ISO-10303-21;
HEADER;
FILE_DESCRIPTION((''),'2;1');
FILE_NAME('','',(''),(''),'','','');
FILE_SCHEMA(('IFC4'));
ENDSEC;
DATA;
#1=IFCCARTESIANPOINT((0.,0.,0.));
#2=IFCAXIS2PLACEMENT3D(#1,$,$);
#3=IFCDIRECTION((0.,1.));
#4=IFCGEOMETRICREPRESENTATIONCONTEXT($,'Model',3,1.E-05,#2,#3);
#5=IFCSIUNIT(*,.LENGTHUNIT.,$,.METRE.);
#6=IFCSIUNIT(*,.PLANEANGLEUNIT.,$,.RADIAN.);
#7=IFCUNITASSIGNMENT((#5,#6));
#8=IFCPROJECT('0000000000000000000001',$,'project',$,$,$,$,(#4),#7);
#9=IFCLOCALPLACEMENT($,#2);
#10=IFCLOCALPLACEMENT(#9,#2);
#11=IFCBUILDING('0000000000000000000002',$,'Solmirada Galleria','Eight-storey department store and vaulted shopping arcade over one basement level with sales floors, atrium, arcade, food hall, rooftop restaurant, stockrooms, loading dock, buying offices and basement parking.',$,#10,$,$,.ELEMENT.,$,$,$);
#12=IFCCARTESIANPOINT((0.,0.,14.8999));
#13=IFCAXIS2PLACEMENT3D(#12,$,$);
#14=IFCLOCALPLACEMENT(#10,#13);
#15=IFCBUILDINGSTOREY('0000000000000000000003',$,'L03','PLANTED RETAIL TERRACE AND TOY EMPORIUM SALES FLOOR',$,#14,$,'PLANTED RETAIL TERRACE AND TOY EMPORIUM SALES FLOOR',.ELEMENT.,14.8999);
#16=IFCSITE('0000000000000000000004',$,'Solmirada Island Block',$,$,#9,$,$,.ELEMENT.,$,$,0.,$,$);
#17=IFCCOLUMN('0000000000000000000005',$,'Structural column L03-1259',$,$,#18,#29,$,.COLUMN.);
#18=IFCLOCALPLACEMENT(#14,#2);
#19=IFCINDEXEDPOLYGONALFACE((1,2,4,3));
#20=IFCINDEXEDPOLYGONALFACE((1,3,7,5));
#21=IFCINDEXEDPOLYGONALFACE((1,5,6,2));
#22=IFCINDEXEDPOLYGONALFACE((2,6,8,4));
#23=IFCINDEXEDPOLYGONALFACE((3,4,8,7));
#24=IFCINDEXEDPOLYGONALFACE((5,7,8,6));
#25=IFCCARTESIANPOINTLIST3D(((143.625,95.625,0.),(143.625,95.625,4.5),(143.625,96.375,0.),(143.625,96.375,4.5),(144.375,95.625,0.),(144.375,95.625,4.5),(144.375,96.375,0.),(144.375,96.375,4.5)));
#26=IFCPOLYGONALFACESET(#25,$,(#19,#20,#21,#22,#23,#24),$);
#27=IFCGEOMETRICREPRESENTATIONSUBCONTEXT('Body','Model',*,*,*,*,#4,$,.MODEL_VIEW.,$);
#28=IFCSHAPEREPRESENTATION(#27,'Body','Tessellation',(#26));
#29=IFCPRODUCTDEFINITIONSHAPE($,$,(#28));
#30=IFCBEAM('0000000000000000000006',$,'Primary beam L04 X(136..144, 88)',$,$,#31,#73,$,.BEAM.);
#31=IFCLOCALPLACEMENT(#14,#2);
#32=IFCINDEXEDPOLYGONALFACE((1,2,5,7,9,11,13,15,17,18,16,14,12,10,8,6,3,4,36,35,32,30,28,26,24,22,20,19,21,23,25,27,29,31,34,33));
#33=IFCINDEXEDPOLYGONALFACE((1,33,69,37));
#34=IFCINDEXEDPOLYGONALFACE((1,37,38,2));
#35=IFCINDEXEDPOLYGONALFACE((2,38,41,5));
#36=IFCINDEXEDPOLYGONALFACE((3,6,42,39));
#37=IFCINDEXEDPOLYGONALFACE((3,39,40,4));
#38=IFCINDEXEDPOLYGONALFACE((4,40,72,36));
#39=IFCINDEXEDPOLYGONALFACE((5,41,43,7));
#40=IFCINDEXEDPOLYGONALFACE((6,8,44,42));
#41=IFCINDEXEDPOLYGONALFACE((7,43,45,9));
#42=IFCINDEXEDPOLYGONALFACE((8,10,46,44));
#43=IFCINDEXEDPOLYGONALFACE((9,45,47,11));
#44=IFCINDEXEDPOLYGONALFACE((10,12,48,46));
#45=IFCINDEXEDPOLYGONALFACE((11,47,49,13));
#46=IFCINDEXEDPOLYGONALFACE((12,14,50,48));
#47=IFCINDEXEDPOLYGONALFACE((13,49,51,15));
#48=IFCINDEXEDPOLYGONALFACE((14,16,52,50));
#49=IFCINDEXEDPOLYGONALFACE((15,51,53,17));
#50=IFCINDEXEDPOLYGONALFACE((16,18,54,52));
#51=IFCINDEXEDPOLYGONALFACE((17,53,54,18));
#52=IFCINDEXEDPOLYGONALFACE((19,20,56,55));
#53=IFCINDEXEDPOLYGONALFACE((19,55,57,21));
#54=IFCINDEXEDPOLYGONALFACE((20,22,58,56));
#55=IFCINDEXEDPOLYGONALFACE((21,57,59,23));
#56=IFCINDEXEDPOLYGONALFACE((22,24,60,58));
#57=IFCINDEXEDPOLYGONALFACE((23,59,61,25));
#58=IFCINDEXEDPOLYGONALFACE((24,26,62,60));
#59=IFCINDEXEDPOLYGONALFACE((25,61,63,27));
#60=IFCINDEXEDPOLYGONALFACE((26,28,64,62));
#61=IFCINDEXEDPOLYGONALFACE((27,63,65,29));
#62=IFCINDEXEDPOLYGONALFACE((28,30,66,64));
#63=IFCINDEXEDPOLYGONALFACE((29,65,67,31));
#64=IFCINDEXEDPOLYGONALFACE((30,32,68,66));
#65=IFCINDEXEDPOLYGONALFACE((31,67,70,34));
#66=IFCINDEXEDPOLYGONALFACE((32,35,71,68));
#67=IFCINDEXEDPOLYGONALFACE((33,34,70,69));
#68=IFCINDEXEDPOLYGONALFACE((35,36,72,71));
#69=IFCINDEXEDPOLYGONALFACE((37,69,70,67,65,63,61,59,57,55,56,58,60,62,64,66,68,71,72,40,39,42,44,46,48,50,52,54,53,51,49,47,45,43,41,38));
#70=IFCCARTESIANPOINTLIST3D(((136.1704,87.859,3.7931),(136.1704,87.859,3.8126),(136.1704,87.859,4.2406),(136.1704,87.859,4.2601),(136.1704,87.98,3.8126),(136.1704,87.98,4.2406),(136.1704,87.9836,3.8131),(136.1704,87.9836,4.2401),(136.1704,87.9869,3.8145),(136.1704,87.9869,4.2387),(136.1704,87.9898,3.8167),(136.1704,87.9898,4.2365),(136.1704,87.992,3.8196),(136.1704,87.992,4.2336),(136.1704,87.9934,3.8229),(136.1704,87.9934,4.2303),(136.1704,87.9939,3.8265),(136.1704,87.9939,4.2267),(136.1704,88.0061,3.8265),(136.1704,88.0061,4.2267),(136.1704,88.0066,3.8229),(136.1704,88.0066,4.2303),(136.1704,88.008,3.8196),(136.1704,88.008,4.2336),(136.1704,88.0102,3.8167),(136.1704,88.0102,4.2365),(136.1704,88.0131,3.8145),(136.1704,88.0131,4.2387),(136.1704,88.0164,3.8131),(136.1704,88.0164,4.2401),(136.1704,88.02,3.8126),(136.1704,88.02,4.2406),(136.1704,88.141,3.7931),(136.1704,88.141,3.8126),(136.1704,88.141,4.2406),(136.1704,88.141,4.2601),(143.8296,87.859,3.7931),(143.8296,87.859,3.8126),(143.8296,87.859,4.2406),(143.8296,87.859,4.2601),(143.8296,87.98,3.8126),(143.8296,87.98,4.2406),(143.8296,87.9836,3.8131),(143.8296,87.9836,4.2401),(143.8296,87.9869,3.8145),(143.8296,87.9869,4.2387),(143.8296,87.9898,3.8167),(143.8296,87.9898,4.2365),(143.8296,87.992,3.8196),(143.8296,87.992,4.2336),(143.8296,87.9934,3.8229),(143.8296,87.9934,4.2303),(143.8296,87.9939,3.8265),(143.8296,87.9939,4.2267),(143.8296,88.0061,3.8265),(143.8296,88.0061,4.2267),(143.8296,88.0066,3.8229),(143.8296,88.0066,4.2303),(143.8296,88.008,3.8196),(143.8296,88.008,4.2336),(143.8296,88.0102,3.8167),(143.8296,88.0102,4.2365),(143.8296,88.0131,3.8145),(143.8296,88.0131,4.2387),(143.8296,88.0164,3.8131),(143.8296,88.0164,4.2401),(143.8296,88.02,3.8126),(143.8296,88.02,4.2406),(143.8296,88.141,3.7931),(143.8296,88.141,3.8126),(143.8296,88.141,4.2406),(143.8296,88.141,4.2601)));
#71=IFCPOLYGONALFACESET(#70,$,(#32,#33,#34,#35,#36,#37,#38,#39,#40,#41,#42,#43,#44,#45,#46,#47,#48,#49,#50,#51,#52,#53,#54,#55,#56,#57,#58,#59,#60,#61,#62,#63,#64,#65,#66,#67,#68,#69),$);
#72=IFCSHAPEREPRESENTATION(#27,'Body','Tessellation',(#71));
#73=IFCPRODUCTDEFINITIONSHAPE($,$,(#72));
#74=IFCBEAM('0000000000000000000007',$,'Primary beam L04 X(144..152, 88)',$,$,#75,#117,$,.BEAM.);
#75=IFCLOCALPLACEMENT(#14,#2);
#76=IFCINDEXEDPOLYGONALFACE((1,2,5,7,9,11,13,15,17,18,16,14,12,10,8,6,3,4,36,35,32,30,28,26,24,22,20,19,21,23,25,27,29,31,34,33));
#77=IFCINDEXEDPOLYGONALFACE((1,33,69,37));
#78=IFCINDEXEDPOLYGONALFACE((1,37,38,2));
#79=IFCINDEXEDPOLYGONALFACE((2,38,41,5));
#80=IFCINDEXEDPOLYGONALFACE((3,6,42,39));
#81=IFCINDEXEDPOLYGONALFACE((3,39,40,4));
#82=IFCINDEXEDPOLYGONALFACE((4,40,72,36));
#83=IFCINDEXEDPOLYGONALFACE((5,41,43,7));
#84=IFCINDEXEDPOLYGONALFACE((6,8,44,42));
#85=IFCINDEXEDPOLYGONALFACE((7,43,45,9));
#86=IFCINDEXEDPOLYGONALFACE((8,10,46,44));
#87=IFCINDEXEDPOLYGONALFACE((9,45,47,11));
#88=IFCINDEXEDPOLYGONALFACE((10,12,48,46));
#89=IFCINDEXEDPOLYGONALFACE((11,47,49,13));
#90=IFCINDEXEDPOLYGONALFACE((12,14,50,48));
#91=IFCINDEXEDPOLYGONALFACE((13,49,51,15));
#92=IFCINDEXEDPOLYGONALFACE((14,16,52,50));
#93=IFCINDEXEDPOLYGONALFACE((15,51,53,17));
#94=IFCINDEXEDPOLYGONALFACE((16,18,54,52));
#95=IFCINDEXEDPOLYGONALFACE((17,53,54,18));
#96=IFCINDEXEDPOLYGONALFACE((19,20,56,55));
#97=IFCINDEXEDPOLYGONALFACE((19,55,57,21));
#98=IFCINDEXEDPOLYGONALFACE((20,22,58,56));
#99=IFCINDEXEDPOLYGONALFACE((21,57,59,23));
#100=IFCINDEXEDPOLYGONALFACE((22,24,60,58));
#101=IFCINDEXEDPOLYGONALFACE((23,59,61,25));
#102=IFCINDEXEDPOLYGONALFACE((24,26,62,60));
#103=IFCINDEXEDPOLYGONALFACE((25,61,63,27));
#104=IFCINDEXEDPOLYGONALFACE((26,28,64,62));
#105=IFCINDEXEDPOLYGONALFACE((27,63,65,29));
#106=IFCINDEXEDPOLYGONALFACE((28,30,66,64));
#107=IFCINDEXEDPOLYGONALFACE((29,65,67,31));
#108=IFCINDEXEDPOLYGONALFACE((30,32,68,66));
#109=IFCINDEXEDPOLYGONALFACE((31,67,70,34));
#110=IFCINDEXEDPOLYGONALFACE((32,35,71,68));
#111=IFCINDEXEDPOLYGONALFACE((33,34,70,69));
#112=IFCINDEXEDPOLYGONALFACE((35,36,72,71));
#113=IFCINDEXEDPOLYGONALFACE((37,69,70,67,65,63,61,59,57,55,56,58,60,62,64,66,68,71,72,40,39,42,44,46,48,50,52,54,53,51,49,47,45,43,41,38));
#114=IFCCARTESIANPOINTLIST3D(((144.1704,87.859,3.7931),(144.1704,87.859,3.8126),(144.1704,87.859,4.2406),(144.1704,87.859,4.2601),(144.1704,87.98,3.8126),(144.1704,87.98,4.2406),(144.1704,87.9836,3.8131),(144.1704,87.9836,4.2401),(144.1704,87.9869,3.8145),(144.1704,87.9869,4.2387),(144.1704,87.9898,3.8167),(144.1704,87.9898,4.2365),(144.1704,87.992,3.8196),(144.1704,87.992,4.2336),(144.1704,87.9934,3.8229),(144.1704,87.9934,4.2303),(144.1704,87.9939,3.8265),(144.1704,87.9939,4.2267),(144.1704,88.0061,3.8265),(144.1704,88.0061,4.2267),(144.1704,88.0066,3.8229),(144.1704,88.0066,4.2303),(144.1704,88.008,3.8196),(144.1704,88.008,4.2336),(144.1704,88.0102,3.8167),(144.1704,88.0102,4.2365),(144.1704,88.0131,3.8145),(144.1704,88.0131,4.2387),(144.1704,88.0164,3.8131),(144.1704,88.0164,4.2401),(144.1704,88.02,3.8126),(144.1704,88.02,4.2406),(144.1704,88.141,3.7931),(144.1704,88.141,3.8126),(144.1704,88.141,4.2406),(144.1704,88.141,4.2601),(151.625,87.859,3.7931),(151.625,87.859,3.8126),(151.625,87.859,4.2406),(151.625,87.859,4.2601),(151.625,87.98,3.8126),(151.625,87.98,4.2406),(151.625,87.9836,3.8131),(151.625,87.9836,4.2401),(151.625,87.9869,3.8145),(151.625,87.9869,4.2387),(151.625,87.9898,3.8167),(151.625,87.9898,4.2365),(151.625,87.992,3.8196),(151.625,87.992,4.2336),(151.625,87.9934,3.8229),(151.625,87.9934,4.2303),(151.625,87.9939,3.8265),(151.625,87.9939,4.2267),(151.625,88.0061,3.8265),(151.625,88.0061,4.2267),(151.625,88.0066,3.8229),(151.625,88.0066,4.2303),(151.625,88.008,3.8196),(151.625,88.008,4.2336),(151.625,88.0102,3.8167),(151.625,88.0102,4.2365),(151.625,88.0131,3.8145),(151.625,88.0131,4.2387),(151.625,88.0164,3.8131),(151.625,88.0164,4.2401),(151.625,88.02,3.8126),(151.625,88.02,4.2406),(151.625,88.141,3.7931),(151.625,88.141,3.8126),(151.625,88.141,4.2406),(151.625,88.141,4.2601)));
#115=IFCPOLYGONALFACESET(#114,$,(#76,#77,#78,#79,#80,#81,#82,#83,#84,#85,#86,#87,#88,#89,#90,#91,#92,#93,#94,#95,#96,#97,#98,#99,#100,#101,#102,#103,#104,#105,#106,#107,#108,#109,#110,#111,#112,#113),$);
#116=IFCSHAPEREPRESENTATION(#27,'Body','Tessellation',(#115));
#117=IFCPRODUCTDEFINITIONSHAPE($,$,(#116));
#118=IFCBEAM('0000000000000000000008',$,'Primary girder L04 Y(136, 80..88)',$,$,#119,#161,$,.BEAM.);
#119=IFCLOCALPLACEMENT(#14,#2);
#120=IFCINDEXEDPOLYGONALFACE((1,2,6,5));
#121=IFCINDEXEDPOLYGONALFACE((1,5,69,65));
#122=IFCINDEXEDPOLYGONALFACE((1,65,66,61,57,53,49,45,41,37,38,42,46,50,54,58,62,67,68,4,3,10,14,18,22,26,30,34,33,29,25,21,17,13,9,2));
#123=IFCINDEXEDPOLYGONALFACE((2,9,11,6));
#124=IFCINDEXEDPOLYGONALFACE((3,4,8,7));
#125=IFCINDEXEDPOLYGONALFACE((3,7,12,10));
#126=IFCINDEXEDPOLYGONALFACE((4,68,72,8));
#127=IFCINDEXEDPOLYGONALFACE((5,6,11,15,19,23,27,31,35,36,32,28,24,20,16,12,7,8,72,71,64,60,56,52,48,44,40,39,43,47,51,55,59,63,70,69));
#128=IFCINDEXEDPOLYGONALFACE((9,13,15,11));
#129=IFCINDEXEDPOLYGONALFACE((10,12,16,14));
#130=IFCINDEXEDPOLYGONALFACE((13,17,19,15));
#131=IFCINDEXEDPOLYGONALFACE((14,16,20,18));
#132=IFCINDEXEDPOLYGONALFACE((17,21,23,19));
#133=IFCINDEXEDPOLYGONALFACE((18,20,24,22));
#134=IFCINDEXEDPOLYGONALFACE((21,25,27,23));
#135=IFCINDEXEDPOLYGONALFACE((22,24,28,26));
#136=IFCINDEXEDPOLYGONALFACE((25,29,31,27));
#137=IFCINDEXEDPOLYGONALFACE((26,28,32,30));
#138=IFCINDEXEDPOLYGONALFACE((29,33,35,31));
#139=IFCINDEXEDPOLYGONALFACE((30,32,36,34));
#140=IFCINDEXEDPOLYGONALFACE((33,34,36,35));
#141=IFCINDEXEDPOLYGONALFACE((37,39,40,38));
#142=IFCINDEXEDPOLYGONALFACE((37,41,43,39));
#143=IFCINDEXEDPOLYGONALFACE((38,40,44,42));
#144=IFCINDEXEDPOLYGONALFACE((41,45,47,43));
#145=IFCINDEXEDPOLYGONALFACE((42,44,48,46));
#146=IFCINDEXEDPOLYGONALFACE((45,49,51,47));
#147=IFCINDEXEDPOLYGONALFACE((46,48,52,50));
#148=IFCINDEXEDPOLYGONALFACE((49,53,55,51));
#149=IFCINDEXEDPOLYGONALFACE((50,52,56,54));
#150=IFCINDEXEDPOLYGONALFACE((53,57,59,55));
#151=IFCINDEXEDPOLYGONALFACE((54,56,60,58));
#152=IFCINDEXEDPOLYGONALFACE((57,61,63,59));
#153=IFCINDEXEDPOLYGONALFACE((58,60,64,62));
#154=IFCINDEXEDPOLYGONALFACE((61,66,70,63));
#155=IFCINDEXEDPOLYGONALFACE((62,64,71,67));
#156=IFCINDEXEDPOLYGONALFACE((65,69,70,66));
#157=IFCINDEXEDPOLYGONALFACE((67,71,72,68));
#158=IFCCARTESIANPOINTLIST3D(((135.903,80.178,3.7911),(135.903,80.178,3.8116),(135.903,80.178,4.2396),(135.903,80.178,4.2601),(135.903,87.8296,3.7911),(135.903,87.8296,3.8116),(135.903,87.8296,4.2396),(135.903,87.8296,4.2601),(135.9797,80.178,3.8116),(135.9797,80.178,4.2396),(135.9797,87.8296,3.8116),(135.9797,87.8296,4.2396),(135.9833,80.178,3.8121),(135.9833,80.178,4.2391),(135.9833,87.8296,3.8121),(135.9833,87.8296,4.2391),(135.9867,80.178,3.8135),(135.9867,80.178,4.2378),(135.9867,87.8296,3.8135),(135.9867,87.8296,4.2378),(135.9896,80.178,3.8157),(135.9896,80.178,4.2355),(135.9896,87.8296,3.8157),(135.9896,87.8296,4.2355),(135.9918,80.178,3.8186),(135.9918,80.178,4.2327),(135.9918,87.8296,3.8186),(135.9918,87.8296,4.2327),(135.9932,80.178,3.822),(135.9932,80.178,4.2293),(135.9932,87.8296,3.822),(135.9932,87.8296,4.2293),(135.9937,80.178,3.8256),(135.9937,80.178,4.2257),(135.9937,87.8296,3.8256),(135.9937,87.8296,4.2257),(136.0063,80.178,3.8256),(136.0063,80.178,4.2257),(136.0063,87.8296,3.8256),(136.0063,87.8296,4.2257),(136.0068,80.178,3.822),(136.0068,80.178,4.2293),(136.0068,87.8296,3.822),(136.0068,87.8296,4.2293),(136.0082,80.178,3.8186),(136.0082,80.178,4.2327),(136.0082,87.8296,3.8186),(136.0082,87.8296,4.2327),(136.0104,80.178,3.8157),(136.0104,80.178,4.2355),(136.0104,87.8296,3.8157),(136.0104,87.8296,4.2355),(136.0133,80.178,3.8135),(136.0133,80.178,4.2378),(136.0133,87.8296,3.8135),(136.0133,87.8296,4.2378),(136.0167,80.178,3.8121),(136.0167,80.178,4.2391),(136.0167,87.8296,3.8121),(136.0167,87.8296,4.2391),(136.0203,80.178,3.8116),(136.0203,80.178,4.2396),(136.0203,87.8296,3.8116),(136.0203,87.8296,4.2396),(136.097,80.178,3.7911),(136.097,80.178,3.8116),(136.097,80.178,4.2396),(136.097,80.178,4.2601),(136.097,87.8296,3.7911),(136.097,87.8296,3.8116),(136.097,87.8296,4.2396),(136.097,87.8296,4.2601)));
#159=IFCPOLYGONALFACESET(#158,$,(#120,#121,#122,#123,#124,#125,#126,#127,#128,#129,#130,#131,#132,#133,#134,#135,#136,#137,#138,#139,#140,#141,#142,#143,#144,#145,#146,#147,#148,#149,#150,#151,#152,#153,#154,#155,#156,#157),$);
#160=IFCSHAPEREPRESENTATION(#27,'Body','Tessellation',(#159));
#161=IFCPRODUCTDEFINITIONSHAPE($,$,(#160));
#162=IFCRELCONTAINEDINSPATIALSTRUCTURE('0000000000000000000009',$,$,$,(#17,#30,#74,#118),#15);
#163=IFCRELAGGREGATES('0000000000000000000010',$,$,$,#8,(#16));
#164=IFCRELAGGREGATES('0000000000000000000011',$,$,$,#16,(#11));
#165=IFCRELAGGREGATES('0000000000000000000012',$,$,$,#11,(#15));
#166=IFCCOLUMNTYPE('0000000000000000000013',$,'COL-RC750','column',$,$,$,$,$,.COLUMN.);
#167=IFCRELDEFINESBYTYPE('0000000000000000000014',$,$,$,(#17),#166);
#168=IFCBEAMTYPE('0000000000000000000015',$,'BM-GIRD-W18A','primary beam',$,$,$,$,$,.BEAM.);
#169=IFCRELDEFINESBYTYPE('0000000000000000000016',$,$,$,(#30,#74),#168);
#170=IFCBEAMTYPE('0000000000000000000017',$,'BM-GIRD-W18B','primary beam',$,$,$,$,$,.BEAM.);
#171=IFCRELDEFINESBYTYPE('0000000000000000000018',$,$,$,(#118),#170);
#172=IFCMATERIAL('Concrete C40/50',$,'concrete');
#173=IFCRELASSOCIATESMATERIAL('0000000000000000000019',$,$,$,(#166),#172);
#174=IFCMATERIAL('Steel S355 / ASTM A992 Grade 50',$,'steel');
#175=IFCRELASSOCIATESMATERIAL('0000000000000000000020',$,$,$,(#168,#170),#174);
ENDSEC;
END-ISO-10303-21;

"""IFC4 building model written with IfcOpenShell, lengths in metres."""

from ifc_helpers import new_model, si_unit, direction, frame, origin, origin_2d, place, context, subcontext, project, spatial, rectangle, i_section, extrude, material, material_profile, profile_set, type_object, element, save


model = new_model("IFC4")

# Units and contexts
model_context = context("Model", 3, precision=1e-05, world=origin(), true_north=direction((0.0, 1.0)))
body_context = subcontext(model_context, "Body", "Model", "MODEL_VIEW")
ifc_project = project(units=[si_unit("LENGTHUNIT", "METRE"), si_unit("PLANEANGLEUNIT", "RADIAN")], contexts=[model_context])

# Site, building, storey
site_placement = place(None, origin())
site = spatial("IfcSite", under=ifc_project, at=site_placement, Name="Solmirada Island Block", CompositionType="ELEMENT", RefElevation=0.0)
building_placement = place(site_placement, origin())
building = spatial("IfcBuilding", under=site, at=building_placement, Name="Solmirada Galleria", Description="Eight-storey department store and vaulted shopping arcade over one basement level with sales floors, atrium, arcade, food hall, rooftop restaurant, stockrooms, loading dock, buying offices and basement parking.", CompositionType="ELEMENT")
storey_placement = place(building_placement, frame((0.0, 0.0, 14.8999)))
storey = spatial("IfcBuildingStorey", under=building, at=storey_placement, Name="L03", Description="PLANTED RETAIL TERRACE AND TOY EMPORIUM SALES FLOOR", LongName="PLANTED RETAIL TERRACE AND TOY EMPORIUM SALES FLOOR", CompositionType="ELEMENT", Elevation=14.8999)

# Column
ifc_material_1 = material(Name="Concrete C40/50", Category="concrete")
ifc_material_profile_1 = material_profile(ifc_material_1, rectangle(XDim=0.75, YDim=0.75, at=origin_2d()), Name="RC750X750")
ifc_profile_set_1 = profile_set([ifc_material_profile_1], Name="Concrete C40/50")
column_type_1 = type_object("IfcColumnType", Name="COL-RC750", Description="column", PredefinedType="COLUMN", material=ifc_profile_set_1)
for number, where, z_axis, x_axis, name in (
    (1, (144.0, 96.0, 0.0), (0.0, 0.0, 1.0), (1.0, 0.0, 0.0), "Structural column L03-1259"),
):
    element("IfcColumn", number, at=place(storey_placement, frame(where, z_axis=z_axis, x_axis=x_axis)), inside=storey, type_object=column_type_1, Name=name, PredefinedType="COLUMN", context=body_context, shape_type="SweptSolid", body=[
        extrude(rectangle(XDim=0.75, YDim=0.75, at=origin_2d()), origin(), (0.0, 0.0, 1.0), 4.5),
    ])

# Beams
ifc_material_2 = material(Name="Steel S355 / ASTM A992 Grade 50", Category="steel")
ifc_material_profile_2 = material_profile(ifc_material_2, i_section(OverallWidth=0.282, OverallDepth=0.467, WebThickness=0.0122, FlangeThickness=0.0195, FilletRadius=0.0139, at=origin_2d()), Name="W18X86")
ifc_profile_set_2 = profile_set([ifc_material_profile_2], Name="Steel S355 / ASTM A992 Grade 50")
beam_type_1 = type_object("IfcBeamType", Name="BM-GIRD-W18A", Description="primary beam", PredefinedType="BEAM", material=ifc_profile_set_2)
beam_1_placement = place(storey_placement, frame((136.1704, 88.0, 4.0266), z_axis=(1.0, 0.0, 0.0), x_axis=(0.0, 1.0, 0.0)))
element("IfcBeam", 2, at=beam_1_placement, inside=storey, type_object=beam_type_1, Name="Primary beam L04 X(136..144, 88)", PredefinedType="BEAM", context=body_context, shape_type="SweptSolid", body=[
    extrude(i_section(OverallWidth=0.282, OverallDepth=0.467, WebThickness=0.0122, FlangeThickness=0.0195, FilletRadius=0.0139, at=origin_2d()), origin(), (0.0, 0.0, 1.0), 7.6592),
])
beam_2_placement = place(storey_placement, frame((144.1704, 88.0, 4.0266), z_axis=(1.0, 0.0, 0.0), x_axis=(0.0, 1.0, 0.0)))
element("IfcBeam", 3, at=beam_2_placement, inside=storey, type_object=beam_type_1, Name="Primary beam L04 X(144..152, 88)", PredefinedType="BEAM", context=body_context, shape_type="SweptSolid", body=[
    extrude(i_section(OverallWidth=0.282, OverallDepth=0.467, WebThickness=0.0122, FlangeThickness=0.0195, FilletRadius=0.0139, at=origin_2d()), origin(), (0.0, 0.0, 1.0), 7.4546),
])
ifc_material_profile_3 = material_profile(ifc_material_2, i_section(OverallWidth=0.1941, OverallDepth=0.469, WebThickness=0.0127, FlangeThickness=0.0205, FilletRadius=0.0139, at=origin_2d()), Name="W18X71")
ifc_profile_set_3 = profile_set([ifc_material_profile_3], Name="Steel S355 / ASTM A992 Grade 50")
beam_type_2 = type_object("IfcBeamType", Name="BM-GIRD-W18B", Description="primary beam", PredefinedType="BEAM", material=ifc_profile_set_3)
beam_3_placement = place(storey_placement, frame((136.0, 80.178, 4.0256), z_axis=(0.0, 1.0, 0.0), x_axis=(-1.0, 0.0, 0.0)))
element("IfcBeam", 4, at=beam_3_placement, inside=storey, type_object=beam_type_2, Name="Primary girder L04 Y(136, 80..88)", PredefinedType="BEAM", context=body_context, shape_type="SweptSolid", body=[
    extrude(i_section(OverallWidth=0.1941, OverallDepth=0.469, WebThickness=0.0127, FlangeThickness=0.0205, FilletRadius=0.0139, at=origin_2d()), origin(), (0.0, 0.0, 1.0), 7.6516),
])

save(model, "model.ifc")
